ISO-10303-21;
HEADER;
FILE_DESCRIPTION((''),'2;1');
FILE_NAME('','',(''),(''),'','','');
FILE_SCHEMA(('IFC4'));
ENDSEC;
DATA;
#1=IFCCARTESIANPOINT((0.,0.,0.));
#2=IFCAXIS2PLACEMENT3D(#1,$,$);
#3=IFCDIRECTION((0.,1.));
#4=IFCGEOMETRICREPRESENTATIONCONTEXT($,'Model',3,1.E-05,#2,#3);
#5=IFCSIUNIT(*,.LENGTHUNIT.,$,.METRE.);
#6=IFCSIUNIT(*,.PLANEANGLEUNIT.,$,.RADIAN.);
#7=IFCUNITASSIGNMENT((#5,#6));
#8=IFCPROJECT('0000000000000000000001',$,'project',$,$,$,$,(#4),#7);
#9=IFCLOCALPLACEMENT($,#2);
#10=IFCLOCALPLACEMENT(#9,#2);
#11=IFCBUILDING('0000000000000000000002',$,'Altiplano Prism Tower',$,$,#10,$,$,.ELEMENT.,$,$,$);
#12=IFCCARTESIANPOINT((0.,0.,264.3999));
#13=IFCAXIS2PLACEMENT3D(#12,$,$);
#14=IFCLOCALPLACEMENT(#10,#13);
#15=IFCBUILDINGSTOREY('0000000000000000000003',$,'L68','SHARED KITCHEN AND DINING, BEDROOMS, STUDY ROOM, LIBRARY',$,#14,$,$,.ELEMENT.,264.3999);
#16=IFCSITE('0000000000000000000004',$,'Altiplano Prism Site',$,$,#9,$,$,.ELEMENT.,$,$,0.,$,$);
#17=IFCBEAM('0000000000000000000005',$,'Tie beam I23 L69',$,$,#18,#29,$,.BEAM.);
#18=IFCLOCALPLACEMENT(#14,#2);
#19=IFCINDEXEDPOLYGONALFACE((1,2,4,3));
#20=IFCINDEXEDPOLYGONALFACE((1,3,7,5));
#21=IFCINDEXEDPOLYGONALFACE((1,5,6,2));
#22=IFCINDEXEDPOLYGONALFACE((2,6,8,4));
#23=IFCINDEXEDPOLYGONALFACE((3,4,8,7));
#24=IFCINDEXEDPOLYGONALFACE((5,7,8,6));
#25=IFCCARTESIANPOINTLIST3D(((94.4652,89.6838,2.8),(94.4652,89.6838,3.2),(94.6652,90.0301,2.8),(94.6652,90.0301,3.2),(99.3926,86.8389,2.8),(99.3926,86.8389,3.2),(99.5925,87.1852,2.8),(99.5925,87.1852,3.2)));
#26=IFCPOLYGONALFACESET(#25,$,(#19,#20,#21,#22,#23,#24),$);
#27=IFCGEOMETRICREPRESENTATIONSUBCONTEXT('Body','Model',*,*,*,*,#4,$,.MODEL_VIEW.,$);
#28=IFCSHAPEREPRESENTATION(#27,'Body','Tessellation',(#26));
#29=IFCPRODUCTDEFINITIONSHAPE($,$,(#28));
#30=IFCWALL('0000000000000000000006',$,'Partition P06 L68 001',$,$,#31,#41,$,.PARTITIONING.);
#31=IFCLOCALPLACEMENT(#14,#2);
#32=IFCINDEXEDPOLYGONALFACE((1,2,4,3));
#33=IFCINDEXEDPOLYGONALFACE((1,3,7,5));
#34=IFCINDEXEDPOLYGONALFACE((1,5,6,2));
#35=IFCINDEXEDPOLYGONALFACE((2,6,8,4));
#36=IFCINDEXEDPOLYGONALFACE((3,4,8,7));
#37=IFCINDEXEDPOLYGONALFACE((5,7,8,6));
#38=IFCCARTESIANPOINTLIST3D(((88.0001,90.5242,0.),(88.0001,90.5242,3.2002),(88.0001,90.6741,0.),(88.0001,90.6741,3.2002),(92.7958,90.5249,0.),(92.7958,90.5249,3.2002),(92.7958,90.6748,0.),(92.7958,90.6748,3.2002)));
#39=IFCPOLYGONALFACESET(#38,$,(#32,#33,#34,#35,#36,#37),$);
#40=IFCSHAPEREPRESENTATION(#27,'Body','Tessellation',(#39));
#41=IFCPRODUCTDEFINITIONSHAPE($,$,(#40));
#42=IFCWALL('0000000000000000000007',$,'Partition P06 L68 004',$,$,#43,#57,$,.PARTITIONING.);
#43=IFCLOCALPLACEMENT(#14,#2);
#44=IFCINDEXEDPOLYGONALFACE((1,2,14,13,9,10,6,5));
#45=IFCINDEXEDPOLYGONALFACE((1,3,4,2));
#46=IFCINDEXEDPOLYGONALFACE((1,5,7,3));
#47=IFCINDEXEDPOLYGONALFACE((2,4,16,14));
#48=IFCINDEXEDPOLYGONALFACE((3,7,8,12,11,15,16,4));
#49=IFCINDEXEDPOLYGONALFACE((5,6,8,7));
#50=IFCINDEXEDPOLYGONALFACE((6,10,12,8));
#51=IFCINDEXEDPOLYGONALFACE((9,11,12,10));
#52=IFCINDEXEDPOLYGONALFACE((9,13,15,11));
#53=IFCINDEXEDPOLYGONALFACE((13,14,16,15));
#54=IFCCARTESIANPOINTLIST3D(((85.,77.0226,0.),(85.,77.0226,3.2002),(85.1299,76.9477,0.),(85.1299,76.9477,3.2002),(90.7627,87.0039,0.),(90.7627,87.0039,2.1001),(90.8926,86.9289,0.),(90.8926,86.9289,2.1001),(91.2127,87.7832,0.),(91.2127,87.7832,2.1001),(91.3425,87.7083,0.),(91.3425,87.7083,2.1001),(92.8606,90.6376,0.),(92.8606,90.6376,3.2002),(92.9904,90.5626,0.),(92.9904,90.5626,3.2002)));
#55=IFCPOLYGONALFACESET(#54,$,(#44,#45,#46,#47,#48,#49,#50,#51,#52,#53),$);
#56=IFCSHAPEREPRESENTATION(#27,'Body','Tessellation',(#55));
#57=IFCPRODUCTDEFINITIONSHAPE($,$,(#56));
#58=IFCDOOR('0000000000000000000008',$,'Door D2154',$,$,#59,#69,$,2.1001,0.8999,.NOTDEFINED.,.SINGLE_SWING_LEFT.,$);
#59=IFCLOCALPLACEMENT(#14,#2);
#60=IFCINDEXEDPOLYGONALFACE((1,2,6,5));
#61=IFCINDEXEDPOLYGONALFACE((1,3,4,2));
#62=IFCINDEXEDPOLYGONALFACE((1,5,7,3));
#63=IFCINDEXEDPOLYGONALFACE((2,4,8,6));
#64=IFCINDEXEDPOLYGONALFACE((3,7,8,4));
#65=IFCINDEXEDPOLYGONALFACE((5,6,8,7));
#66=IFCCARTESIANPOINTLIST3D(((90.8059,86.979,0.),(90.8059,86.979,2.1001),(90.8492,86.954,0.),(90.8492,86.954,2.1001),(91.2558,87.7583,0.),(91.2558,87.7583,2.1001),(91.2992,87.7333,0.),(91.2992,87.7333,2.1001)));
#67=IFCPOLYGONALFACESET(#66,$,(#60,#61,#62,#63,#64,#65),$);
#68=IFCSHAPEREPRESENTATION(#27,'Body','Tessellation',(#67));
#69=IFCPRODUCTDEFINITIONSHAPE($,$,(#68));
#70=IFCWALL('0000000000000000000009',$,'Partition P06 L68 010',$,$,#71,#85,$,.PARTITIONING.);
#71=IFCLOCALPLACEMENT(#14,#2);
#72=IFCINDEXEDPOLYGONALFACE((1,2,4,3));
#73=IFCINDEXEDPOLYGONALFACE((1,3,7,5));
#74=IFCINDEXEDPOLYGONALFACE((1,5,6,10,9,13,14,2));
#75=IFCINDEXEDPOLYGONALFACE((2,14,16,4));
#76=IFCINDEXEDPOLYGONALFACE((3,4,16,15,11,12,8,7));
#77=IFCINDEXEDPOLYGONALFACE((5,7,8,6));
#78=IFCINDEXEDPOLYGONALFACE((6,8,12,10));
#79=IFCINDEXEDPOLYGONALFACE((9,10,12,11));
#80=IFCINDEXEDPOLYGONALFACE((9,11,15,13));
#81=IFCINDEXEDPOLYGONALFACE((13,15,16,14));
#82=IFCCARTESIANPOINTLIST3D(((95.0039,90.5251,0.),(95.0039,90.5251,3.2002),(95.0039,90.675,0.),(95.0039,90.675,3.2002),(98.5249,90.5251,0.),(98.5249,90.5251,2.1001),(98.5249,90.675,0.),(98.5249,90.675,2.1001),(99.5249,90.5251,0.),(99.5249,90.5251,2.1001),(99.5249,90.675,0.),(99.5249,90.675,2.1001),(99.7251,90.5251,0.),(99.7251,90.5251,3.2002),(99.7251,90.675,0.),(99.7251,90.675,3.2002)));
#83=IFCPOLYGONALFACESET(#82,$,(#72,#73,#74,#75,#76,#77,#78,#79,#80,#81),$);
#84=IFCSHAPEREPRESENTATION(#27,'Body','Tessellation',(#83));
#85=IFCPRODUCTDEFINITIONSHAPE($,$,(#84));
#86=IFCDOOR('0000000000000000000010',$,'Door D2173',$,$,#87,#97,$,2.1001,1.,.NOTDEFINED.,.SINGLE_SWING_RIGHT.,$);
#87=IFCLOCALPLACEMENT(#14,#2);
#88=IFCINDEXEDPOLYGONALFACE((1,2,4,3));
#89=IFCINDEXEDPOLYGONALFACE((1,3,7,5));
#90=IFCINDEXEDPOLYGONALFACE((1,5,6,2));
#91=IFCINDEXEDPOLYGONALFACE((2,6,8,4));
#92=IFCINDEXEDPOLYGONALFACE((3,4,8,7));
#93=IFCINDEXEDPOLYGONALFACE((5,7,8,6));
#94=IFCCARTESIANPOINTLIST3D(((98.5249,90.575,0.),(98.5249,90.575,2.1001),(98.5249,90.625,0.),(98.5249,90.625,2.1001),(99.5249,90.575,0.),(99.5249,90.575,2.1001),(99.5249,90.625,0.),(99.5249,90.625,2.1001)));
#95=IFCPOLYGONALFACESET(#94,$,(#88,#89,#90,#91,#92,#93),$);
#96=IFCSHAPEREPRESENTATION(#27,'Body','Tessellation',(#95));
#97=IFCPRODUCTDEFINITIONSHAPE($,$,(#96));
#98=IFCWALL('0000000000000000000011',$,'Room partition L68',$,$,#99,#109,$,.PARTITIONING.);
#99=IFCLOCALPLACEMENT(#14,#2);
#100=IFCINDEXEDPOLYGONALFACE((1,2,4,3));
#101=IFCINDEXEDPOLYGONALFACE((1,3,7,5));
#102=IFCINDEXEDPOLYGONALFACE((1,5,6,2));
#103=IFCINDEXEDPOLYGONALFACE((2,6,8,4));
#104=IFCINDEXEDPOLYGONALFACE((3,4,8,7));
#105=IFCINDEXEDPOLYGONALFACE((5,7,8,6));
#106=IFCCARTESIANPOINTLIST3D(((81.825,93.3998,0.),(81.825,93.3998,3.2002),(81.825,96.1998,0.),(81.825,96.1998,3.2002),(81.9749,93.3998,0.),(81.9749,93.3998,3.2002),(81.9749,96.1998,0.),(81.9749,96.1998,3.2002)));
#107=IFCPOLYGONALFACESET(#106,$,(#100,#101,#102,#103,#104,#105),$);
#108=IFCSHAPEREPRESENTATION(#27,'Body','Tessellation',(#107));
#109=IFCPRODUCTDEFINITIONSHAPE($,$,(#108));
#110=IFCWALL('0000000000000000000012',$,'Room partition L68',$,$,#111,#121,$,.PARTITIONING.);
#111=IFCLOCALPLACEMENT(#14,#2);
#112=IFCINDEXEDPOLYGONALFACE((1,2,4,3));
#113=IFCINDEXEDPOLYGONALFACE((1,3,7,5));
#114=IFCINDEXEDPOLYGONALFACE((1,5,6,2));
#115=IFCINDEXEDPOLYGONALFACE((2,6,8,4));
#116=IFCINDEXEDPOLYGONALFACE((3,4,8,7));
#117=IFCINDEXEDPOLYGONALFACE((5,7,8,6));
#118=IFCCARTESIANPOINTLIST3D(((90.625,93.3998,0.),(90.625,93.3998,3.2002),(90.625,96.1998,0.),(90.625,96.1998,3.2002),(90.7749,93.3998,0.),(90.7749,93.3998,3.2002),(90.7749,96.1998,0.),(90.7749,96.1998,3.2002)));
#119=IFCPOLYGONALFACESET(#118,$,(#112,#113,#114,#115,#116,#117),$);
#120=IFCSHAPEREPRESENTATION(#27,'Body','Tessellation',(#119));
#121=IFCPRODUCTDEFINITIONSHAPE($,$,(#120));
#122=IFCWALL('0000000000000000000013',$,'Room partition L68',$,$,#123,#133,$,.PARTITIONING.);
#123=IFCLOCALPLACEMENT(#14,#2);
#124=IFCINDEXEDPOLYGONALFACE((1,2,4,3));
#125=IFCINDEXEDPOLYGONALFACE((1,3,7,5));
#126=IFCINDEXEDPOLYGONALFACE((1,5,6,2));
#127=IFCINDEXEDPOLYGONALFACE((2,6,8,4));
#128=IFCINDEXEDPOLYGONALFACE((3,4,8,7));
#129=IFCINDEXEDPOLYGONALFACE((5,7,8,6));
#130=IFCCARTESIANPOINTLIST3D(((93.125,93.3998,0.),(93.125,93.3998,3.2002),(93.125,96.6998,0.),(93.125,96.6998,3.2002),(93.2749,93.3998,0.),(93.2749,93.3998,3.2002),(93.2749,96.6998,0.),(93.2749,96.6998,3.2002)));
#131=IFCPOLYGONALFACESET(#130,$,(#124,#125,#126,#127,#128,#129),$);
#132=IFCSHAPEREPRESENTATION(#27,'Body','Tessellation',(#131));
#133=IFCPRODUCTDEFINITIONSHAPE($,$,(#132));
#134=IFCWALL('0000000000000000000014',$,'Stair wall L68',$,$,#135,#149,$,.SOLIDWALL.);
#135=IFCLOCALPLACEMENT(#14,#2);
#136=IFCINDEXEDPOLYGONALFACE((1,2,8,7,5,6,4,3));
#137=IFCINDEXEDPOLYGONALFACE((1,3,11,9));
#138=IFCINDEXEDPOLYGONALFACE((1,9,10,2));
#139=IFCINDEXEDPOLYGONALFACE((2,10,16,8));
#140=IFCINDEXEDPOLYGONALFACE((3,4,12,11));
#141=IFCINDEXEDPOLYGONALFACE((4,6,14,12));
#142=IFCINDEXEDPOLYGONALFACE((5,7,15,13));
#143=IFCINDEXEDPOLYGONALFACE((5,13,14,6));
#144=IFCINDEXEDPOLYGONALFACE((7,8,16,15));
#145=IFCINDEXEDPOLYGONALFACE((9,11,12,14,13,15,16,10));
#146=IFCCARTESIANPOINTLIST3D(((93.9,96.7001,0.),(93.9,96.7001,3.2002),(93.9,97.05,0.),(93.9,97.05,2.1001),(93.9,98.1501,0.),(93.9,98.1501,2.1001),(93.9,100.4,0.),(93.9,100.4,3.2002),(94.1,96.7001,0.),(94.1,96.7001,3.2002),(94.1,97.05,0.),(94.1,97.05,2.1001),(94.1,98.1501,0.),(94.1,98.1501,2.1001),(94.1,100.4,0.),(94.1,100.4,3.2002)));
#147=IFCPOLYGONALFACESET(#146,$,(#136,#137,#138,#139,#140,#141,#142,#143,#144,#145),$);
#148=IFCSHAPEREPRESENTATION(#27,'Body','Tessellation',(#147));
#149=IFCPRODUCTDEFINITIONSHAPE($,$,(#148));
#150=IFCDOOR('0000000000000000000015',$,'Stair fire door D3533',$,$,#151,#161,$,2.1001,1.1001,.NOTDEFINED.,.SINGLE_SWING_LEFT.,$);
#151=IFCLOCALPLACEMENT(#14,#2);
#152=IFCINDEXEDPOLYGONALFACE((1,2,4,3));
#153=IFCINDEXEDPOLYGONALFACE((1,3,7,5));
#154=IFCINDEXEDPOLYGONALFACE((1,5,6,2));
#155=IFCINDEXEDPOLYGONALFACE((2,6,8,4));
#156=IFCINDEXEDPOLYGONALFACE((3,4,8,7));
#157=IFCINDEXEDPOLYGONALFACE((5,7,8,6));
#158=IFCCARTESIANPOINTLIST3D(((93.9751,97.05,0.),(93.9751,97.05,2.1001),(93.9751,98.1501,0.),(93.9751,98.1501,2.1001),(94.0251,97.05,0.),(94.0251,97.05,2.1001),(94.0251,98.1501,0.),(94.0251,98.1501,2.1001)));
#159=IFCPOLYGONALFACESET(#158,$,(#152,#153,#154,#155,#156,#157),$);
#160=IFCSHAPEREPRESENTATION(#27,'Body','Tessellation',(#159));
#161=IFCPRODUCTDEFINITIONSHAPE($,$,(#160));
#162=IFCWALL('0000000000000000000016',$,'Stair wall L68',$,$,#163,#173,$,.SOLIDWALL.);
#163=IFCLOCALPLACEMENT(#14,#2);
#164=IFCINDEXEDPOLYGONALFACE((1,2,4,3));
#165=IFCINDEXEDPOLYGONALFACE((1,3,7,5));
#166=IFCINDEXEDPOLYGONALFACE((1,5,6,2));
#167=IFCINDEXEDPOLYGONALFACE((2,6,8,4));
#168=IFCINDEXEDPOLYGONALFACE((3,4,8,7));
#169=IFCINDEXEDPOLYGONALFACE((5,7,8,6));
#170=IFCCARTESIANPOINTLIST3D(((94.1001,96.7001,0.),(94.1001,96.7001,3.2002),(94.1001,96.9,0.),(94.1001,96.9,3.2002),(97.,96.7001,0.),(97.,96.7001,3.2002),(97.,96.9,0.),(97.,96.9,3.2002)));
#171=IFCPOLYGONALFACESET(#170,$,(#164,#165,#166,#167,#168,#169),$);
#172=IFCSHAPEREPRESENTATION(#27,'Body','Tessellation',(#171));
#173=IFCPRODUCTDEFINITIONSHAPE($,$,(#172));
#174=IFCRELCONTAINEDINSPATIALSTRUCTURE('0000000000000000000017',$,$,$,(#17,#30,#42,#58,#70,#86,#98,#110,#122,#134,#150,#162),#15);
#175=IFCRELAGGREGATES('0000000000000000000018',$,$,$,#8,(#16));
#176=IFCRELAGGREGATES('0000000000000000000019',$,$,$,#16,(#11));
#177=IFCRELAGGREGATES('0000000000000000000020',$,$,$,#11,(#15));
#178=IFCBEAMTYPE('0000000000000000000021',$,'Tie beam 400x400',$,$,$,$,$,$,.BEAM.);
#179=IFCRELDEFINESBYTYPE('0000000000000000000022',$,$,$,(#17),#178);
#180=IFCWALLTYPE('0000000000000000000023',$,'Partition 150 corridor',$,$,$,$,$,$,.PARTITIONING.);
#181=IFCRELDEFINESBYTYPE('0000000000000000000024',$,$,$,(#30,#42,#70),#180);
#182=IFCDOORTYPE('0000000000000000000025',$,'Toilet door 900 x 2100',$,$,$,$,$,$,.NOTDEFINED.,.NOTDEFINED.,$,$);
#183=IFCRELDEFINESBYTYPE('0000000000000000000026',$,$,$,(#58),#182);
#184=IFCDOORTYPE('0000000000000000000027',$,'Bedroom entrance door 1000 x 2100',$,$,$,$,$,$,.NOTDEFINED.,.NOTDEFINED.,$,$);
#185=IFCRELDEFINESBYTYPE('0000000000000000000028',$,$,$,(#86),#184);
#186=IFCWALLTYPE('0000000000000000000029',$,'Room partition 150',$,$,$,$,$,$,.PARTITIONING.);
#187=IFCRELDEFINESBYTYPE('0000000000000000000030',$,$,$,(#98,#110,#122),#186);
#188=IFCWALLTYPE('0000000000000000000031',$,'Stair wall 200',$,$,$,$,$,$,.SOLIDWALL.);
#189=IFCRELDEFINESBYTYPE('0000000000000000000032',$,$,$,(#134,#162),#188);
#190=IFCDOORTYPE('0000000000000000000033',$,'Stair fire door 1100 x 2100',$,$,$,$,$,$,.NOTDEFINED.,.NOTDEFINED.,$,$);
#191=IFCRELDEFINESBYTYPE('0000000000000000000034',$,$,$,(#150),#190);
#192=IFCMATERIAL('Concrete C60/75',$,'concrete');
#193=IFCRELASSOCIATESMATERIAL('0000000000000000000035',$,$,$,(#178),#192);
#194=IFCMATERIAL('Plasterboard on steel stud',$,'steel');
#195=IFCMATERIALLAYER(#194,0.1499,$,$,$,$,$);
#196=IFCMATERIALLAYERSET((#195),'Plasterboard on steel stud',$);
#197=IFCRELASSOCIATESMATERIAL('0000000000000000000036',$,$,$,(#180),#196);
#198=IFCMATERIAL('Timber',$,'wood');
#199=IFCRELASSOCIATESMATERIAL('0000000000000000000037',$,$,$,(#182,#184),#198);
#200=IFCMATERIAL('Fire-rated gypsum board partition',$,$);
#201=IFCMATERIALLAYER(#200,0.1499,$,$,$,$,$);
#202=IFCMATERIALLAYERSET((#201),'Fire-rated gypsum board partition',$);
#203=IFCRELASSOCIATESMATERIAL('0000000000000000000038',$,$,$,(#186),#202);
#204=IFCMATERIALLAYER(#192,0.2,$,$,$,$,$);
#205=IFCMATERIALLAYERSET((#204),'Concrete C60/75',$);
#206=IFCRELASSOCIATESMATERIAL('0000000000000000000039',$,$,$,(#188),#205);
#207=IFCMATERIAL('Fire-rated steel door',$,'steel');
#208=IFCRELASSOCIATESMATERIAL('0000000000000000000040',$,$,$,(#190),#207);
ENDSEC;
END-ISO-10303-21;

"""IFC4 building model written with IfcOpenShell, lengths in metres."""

from ifc_helpers import new_model, si_unit, direction, frame, frame_2d, origin, origin_2d, place, context, subcontext, project, spatial, rectangle, extrude, material, layer, layer_set, material_profile, profile_set, type_object, element, fill, save


model = new_model("IFC4")

# Units and contexts
model_context = context("Model", 3, precision=1e-05, world=origin(), true_north=direction((0.0, 1.0)))
body_context = subcontext(model_context, "Body", "Model", "MODEL_VIEW")
ifc_project = project(units=[si_unit("LENGTHUNIT", "METRE"), si_unit("PLANEANGLEUNIT", "RADIAN")], contexts=[model_context])

# Site, building, storey
site_placement = place(None, origin())
site = spatial("IfcSite", under=ifc_project, at=site_placement, Name="Altiplano Prism Site", CompositionType="ELEMENT", RefElevation=0.0)
building_placement = place(site_placement, origin())
building = spatial("IfcBuilding", under=site, at=building_placement, Name="Altiplano Prism Tower", CompositionType="ELEMENT")
storey_placement = place(building_placement, frame((0.0, 0.0, 264.3999)))
storey = spatial("IfcBuildingStorey", under=building, at=storey_placement, Name="L68", Description="SHARED KITCHEN AND DINING, BEDROOMS, STUDY ROOM, LIBRARY", CompositionType="ELEMENT", Elevation=264.3999)

# Beam
ifc_material_1 = material(Name="Concrete C60/75", Category="concrete")
ifc_material_profile = material_profile(ifc_material_1, rectangle(XDim=0.3999, YDim=0.3999, at=origin_2d()), Name="Tie beam 400x400")
ifc_profile_set = profile_set([ifc_material_profile], Name="Concrete C60/75")
beam_type = type_object("IfcBeamType", Name="Tie beam 400x400", PredefinedType="BEAM", material=ifc_profile_set)
beam_placement = place(storey_placement, frame((94.5652, 89.8569, 3.0), z_axis=(0.866019, -0.500011, 0.0), x_axis=(0.500011, 0.866019, 0.0)))
element("IfcBeam", 1, at=beam_placement, inside=storey, type_object=beam_type, Name="Tie beam I23 L69", PredefinedType="BEAM", context=body_context, shape_type="SweptSolid", body=[
    extrude(rectangle(XDim=0.3999, YDim=0.3999, at=origin_2d()), origin(), (0.0, 0.0, 1.0), 5.6897),
])

# Wall
ifc_material_2 = material(Name="Plasterboard on steel stud", Category="steel")
ifc_layer_1 = layer(ifc_material_2, 0.1499)
ifc_layer_set_1 = layer_set([ifc_layer_1], Name="Plasterboard on steel stud")
wall_type_1 = type_object("IfcWallType", Name="Partition 150 corridor", PredefinedType="PARTITIONING", material=ifc_layer_set_1)
wall_1_placement = place(storey_placement, frame((88.0, 90.5991, 0.0), z_axis=(0.0, 0.0, 1.0), x_axis=(1.0, 0.000153, 0.0)))
element("IfcWall", 2, at=wall_1_placement, inside=storey, type_object=wall_type_1, Name="Partition P06 L68 001", PredefinedType="PARTITIONING", context=body_context, shape_type="SweptSolid", body=[
    extrude(rectangle(XDim=4.7957, YDim=0.1499, at=frame_2d((2.3979, 0.0))), origin(), (0.0, 0.0, 1.0), 3.2002),
])

# Walls, openings, doors
wall_2_placement = place(storey_placement, frame((92.9255, 90.6001, 0.0), z_axis=(0.0, 0.0, 1.0), x_axis=(-0.499999, -0.866026, 0.0)))
wall_2 = element("IfcWall", 3, at=wall_2_placement, inside=storey, type_object=wall_type_1, Name="Partition P06 L68 004", PredefinedType="PARTITIONING", context=body_context, shape_type="SweptSolid", body=[
    extrude(rectangle(XDim=15.7212, YDim=0.1499, at=frame_2d((7.8606, 0.0))), origin(), (0.0, 0.0, 1.0), 3.2002),
])
opening_1_placement = place(wall_2_placement, frame((3.2959, 0.0, 0.0)))
opening_1 = element("IfcOpeningElement", 4, at=opening_1_placement, cuts=wall_2, PredefinedType="OPENING", context=body_context, shape_type="SweptSolid", body=[
    extrude(rectangle(XDim=0.8999, YDim=2.1001, at=frame_2d((0.45, 1.05))), frame((0.0, 0.0854, 0.0), z_axis=(0.0, -1.0, 0.0), x_axis=(1.0, 0.0, 0.0)), (0.0, 0.0, 1.0), 0.1709),
])
ifc_material_3 = material(Name="Timber", Category="wood")
door_type_1 = type_object("IfcDoorType", Name="Toilet door 900 x 2100", OperationType="NOTDEFINED", PredefinedType="NOTDEFINED", material=ifc_material_3)
door_1_placement = place(opening_1_placement, origin())
door_1 = element("IfcDoor", 5, at=door_1_placement, inside=storey, type_object=door_type_1, Name="Door D2154", OperationType="SINGLE_SWING_LEFT", OverallHeight=2.1001, OverallWidth=0.8999, PredefinedType="NOTDEFINED", context=body_context, shape_type="SweptSolid", body=[
    extrude(rectangle(XDim=0.8999, YDim=2.1001, at=frame_2d((0.45, 1.05))), frame((0.0, 0.0249, 0.0), z_axis=(0.0, -1.0, 0.0), x_axis=(1.0, 0.0, 0.0)), (0.0, 0.0, 1.0), 0.05),
])
fill(opening_1, door_1)
wall_3_placement = place(storey_placement, frame((95.0039, 90.6001, 0.0), z_axis=(0.0, 0.0, 1.0), x_axis=(1.0, 0.0, 0.0)))
wall_3 = element("IfcWall", 6, at=wall_3_placement, inside=storey, type_object=wall_type_1, Name="Partition P06 L68 010", PredefinedType="PARTITIONING", context=body_context, shape_type="SweptSolid", body=[
    extrude(rectangle(XDim=4.7212, YDim=0.1499, at=frame_2d((2.3606, 0.0))), origin(), (0.0, 0.0, 1.0), 3.2002),
])
opening_2_placement = place(wall_3_placement, frame((3.521, 0.0, 0.0)))
opening_2 = element("IfcOpeningElement", 7, at=opening_2_placement, cuts=wall_3, PredefinedType="OPENING", context=body_context, shape_type="SweptSolid", body=[
    extrude(rectangle(XDim=1.0, YDim=2.1001, at=frame_2d((0.5, 1.05))), frame((0.0, 0.0854, 0.0), z_axis=(0.0, -1.0, 0.0), x_axis=(1.0, 0.0, 0.0)), (0.0, 0.0, 1.0), 0.1709),
])
door_type_2 = type_object("IfcDoorType", Name="Bedroom entrance door 1000 x 2100", OperationType="NOTDEFINED", PredefinedType="NOTDEFINED", material=ifc_material_3)
door_2_placement = place(opening_2_placement, origin())
door_2 = element("IfcDoor", 8, at=door_2_placement, inside=storey, type_object=door_type_2, Name="Door D2173", OperationType="SINGLE_SWING_RIGHT", OverallHeight=2.1001, OverallWidth=1.0, PredefinedType="NOTDEFINED", context=body_context, shape_type="SweptSolid", body=[
    extrude(rectangle(XDim=1.0, YDim=2.1001, at=frame_2d((0.5, 1.05))), frame((0.0, 0.0249, 0.0), z_axis=(0.0, -1.0, 0.0), x_axis=(1.0, 0.0, 0.0)), (0.0, 0.0, 1.0), 0.05),
])
fill(opening_2, door_2)

# Walls
ifc_material_4 = material(Name="Fire-rated gypsum board partition")
ifc_layer_2 = layer(ifc_material_4, 0.1499)
ifc_layer_set_2 = layer_set([ifc_layer_2], Name="Fire-rated gypsum board partition")
wall_type_2 = type_object("IfcWallType", Name="Room partition 150", PredefinedType="PARTITIONING", material=ifc_layer_set_2)
for number, where, z_axis, x_axis, name in (
    (9, (81.8999, 93.3999, 0.0), (0.0, 0.0, 1.0), (0.0, 1.0, 0.0), "Room partition L68"),
    (10, (90.7, 93.3999, 0.0), (0.0, 0.0, 1.0), (0.0, 1.0, 0.0), "Room partition L68"),
):
    element("IfcWall", number, at=place(storey_placement, frame(where, z_axis=z_axis, x_axis=x_axis)), inside=storey, type_object=wall_type_2, Name=name, PredefinedType="PARTITIONING", context=body_context, shape_type="SweptSolid", body=[
        extrude(rectangle(XDim=2.8, YDim=0.1499, at=frame_2d((1.3999, 0.0))), origin(), (0.0, 0.0, 1.0), 3.2002),
    ])
wall_4_placement = place(storey_placement, frame((93.2, 93.3999, 0.0), z_axis=(0.0, 0.0, 1.0), x_axis=(0.0, 1.0, 0.0)))
element("IfcWall", 11, at=wall_4_placement, inside=storey, type_object=wall_type_2, Name="Room partition L68", PredefinedType="PARTITIONING", context=body_context, shape_type="SweptSolid", body=[
    extrude(rectangle(XDim=3.3, YDim=0.1499, at=frame_2d((1.6499, 0.0))), origin(), (0.0, 0.0, 1.0), 3.2002),
])

# Wall, opening, door
ifc_layer_3 = layer(ifc_material_1, 0.2)
ifc_layer_set_3 = layer_set([ifc_layer_3], Name="Concrete C60/75")
wall_type_3 = type_object("IfcWallType", Name="Stair wall 200", PredefinedType="SOLIDWALL", material=ifc_layer_set_3)
wall_5_placement = place(storey_placement, frame((94.0, 96.7, 0.0), z_axis=(0.0, 0.0, 1.0), x_axis=(0.0, 1.0, 0.0)))
wall_5 = element("IfcWall", 12, at=wall_5_placement, inside=storey, type_object=wall_type_3, Name="Stair wall L68", PredefinedType="SOLIDWALL", context=body_context, shape_type="SweptSolid", body=[
    extrude(rectangle(XDim=3.7, YDim=0.2, at=frame_2d((1.8501, 0.0))), origin(), (0.0, 0.0, 1.0), 3.2002),
])
opening_3_placement = place(wall_5_placement, frame((0.3501, 0.0, 0.0)))
opening_3 = element("IfcOpeningElement", 13, at=opening_3_placement, cuts=wall_5, PredefinedType="OPENING", context=body_context, shape_type="SweptSolid", body=[
    extrude(rectangle(XDim=1.1001, YDim=2.1001, at=frame_2d((0.55, 1.05))), frame((0.0, 0.1104, 0.0), z_axis=(0.0, -1.0, 0.0), x_axis=(1.0, 0.0, 0.0)), (0.0, 0.0, 1.0), 0.2209),
])
ifc_material_5 = material(Name="Fire-rated steel door", Category="steel")
door_type_3 = type_object("IfcDoorType", Name="Stair fire door 1100 x 2100", OperationType="NOTDEFINED", PredefinedType="NOTDEFINED", material=ifc_material_5)
door_3_placement = place(opening_3_placement, origin())
door_3 = element("IfcDoor", 14, at=door_3_placement, inside=storey, type_object=door_type_3, Name="Stair fire door D3533", OperationType="SINGLE_SWING_LEFT", OverallHeight=2.1001, OverallWidth=1.1001, PredefinedType="NOTDEFINED", context=body_context, shape_type="SweptSolid", body=[
    extrude(rectangle(XDim=1.1001, YDim=2.1001, at=frame_2d((0.55, 1.05))), frame((0.0, 0.0249, 0.0), z_axis=(0.0, -1.0, 0.0), x_axis=(1.0, 0.0, 0.0)), (0.0, 0.0, 1.0), 0.05),
])
fill(opening_3, door_3)

# Wall
wall_6_placement = place(storey_placement, frame((94.1001, 96.8, 0.0), z_axis=(0.0, 0.0, 1.0), x_axis=(1.0, 0.0, 0.0)))
element("IfcWall", 15, at=wall_6_placement, inside=storey, type_object=wall_type_3, Name="Stair wall L68", PredefinedType="SOLIDWALL", context=body_context, shape_type="SweptSolid", body=[
    extrude(rectangle(XDim=2.8999, YDim=0.2, at=frame_2d((1.45, 0.0))), origin(), (0.0, 0.0, 1.0), 3.2002),
])

save(model, "model.ifc")
